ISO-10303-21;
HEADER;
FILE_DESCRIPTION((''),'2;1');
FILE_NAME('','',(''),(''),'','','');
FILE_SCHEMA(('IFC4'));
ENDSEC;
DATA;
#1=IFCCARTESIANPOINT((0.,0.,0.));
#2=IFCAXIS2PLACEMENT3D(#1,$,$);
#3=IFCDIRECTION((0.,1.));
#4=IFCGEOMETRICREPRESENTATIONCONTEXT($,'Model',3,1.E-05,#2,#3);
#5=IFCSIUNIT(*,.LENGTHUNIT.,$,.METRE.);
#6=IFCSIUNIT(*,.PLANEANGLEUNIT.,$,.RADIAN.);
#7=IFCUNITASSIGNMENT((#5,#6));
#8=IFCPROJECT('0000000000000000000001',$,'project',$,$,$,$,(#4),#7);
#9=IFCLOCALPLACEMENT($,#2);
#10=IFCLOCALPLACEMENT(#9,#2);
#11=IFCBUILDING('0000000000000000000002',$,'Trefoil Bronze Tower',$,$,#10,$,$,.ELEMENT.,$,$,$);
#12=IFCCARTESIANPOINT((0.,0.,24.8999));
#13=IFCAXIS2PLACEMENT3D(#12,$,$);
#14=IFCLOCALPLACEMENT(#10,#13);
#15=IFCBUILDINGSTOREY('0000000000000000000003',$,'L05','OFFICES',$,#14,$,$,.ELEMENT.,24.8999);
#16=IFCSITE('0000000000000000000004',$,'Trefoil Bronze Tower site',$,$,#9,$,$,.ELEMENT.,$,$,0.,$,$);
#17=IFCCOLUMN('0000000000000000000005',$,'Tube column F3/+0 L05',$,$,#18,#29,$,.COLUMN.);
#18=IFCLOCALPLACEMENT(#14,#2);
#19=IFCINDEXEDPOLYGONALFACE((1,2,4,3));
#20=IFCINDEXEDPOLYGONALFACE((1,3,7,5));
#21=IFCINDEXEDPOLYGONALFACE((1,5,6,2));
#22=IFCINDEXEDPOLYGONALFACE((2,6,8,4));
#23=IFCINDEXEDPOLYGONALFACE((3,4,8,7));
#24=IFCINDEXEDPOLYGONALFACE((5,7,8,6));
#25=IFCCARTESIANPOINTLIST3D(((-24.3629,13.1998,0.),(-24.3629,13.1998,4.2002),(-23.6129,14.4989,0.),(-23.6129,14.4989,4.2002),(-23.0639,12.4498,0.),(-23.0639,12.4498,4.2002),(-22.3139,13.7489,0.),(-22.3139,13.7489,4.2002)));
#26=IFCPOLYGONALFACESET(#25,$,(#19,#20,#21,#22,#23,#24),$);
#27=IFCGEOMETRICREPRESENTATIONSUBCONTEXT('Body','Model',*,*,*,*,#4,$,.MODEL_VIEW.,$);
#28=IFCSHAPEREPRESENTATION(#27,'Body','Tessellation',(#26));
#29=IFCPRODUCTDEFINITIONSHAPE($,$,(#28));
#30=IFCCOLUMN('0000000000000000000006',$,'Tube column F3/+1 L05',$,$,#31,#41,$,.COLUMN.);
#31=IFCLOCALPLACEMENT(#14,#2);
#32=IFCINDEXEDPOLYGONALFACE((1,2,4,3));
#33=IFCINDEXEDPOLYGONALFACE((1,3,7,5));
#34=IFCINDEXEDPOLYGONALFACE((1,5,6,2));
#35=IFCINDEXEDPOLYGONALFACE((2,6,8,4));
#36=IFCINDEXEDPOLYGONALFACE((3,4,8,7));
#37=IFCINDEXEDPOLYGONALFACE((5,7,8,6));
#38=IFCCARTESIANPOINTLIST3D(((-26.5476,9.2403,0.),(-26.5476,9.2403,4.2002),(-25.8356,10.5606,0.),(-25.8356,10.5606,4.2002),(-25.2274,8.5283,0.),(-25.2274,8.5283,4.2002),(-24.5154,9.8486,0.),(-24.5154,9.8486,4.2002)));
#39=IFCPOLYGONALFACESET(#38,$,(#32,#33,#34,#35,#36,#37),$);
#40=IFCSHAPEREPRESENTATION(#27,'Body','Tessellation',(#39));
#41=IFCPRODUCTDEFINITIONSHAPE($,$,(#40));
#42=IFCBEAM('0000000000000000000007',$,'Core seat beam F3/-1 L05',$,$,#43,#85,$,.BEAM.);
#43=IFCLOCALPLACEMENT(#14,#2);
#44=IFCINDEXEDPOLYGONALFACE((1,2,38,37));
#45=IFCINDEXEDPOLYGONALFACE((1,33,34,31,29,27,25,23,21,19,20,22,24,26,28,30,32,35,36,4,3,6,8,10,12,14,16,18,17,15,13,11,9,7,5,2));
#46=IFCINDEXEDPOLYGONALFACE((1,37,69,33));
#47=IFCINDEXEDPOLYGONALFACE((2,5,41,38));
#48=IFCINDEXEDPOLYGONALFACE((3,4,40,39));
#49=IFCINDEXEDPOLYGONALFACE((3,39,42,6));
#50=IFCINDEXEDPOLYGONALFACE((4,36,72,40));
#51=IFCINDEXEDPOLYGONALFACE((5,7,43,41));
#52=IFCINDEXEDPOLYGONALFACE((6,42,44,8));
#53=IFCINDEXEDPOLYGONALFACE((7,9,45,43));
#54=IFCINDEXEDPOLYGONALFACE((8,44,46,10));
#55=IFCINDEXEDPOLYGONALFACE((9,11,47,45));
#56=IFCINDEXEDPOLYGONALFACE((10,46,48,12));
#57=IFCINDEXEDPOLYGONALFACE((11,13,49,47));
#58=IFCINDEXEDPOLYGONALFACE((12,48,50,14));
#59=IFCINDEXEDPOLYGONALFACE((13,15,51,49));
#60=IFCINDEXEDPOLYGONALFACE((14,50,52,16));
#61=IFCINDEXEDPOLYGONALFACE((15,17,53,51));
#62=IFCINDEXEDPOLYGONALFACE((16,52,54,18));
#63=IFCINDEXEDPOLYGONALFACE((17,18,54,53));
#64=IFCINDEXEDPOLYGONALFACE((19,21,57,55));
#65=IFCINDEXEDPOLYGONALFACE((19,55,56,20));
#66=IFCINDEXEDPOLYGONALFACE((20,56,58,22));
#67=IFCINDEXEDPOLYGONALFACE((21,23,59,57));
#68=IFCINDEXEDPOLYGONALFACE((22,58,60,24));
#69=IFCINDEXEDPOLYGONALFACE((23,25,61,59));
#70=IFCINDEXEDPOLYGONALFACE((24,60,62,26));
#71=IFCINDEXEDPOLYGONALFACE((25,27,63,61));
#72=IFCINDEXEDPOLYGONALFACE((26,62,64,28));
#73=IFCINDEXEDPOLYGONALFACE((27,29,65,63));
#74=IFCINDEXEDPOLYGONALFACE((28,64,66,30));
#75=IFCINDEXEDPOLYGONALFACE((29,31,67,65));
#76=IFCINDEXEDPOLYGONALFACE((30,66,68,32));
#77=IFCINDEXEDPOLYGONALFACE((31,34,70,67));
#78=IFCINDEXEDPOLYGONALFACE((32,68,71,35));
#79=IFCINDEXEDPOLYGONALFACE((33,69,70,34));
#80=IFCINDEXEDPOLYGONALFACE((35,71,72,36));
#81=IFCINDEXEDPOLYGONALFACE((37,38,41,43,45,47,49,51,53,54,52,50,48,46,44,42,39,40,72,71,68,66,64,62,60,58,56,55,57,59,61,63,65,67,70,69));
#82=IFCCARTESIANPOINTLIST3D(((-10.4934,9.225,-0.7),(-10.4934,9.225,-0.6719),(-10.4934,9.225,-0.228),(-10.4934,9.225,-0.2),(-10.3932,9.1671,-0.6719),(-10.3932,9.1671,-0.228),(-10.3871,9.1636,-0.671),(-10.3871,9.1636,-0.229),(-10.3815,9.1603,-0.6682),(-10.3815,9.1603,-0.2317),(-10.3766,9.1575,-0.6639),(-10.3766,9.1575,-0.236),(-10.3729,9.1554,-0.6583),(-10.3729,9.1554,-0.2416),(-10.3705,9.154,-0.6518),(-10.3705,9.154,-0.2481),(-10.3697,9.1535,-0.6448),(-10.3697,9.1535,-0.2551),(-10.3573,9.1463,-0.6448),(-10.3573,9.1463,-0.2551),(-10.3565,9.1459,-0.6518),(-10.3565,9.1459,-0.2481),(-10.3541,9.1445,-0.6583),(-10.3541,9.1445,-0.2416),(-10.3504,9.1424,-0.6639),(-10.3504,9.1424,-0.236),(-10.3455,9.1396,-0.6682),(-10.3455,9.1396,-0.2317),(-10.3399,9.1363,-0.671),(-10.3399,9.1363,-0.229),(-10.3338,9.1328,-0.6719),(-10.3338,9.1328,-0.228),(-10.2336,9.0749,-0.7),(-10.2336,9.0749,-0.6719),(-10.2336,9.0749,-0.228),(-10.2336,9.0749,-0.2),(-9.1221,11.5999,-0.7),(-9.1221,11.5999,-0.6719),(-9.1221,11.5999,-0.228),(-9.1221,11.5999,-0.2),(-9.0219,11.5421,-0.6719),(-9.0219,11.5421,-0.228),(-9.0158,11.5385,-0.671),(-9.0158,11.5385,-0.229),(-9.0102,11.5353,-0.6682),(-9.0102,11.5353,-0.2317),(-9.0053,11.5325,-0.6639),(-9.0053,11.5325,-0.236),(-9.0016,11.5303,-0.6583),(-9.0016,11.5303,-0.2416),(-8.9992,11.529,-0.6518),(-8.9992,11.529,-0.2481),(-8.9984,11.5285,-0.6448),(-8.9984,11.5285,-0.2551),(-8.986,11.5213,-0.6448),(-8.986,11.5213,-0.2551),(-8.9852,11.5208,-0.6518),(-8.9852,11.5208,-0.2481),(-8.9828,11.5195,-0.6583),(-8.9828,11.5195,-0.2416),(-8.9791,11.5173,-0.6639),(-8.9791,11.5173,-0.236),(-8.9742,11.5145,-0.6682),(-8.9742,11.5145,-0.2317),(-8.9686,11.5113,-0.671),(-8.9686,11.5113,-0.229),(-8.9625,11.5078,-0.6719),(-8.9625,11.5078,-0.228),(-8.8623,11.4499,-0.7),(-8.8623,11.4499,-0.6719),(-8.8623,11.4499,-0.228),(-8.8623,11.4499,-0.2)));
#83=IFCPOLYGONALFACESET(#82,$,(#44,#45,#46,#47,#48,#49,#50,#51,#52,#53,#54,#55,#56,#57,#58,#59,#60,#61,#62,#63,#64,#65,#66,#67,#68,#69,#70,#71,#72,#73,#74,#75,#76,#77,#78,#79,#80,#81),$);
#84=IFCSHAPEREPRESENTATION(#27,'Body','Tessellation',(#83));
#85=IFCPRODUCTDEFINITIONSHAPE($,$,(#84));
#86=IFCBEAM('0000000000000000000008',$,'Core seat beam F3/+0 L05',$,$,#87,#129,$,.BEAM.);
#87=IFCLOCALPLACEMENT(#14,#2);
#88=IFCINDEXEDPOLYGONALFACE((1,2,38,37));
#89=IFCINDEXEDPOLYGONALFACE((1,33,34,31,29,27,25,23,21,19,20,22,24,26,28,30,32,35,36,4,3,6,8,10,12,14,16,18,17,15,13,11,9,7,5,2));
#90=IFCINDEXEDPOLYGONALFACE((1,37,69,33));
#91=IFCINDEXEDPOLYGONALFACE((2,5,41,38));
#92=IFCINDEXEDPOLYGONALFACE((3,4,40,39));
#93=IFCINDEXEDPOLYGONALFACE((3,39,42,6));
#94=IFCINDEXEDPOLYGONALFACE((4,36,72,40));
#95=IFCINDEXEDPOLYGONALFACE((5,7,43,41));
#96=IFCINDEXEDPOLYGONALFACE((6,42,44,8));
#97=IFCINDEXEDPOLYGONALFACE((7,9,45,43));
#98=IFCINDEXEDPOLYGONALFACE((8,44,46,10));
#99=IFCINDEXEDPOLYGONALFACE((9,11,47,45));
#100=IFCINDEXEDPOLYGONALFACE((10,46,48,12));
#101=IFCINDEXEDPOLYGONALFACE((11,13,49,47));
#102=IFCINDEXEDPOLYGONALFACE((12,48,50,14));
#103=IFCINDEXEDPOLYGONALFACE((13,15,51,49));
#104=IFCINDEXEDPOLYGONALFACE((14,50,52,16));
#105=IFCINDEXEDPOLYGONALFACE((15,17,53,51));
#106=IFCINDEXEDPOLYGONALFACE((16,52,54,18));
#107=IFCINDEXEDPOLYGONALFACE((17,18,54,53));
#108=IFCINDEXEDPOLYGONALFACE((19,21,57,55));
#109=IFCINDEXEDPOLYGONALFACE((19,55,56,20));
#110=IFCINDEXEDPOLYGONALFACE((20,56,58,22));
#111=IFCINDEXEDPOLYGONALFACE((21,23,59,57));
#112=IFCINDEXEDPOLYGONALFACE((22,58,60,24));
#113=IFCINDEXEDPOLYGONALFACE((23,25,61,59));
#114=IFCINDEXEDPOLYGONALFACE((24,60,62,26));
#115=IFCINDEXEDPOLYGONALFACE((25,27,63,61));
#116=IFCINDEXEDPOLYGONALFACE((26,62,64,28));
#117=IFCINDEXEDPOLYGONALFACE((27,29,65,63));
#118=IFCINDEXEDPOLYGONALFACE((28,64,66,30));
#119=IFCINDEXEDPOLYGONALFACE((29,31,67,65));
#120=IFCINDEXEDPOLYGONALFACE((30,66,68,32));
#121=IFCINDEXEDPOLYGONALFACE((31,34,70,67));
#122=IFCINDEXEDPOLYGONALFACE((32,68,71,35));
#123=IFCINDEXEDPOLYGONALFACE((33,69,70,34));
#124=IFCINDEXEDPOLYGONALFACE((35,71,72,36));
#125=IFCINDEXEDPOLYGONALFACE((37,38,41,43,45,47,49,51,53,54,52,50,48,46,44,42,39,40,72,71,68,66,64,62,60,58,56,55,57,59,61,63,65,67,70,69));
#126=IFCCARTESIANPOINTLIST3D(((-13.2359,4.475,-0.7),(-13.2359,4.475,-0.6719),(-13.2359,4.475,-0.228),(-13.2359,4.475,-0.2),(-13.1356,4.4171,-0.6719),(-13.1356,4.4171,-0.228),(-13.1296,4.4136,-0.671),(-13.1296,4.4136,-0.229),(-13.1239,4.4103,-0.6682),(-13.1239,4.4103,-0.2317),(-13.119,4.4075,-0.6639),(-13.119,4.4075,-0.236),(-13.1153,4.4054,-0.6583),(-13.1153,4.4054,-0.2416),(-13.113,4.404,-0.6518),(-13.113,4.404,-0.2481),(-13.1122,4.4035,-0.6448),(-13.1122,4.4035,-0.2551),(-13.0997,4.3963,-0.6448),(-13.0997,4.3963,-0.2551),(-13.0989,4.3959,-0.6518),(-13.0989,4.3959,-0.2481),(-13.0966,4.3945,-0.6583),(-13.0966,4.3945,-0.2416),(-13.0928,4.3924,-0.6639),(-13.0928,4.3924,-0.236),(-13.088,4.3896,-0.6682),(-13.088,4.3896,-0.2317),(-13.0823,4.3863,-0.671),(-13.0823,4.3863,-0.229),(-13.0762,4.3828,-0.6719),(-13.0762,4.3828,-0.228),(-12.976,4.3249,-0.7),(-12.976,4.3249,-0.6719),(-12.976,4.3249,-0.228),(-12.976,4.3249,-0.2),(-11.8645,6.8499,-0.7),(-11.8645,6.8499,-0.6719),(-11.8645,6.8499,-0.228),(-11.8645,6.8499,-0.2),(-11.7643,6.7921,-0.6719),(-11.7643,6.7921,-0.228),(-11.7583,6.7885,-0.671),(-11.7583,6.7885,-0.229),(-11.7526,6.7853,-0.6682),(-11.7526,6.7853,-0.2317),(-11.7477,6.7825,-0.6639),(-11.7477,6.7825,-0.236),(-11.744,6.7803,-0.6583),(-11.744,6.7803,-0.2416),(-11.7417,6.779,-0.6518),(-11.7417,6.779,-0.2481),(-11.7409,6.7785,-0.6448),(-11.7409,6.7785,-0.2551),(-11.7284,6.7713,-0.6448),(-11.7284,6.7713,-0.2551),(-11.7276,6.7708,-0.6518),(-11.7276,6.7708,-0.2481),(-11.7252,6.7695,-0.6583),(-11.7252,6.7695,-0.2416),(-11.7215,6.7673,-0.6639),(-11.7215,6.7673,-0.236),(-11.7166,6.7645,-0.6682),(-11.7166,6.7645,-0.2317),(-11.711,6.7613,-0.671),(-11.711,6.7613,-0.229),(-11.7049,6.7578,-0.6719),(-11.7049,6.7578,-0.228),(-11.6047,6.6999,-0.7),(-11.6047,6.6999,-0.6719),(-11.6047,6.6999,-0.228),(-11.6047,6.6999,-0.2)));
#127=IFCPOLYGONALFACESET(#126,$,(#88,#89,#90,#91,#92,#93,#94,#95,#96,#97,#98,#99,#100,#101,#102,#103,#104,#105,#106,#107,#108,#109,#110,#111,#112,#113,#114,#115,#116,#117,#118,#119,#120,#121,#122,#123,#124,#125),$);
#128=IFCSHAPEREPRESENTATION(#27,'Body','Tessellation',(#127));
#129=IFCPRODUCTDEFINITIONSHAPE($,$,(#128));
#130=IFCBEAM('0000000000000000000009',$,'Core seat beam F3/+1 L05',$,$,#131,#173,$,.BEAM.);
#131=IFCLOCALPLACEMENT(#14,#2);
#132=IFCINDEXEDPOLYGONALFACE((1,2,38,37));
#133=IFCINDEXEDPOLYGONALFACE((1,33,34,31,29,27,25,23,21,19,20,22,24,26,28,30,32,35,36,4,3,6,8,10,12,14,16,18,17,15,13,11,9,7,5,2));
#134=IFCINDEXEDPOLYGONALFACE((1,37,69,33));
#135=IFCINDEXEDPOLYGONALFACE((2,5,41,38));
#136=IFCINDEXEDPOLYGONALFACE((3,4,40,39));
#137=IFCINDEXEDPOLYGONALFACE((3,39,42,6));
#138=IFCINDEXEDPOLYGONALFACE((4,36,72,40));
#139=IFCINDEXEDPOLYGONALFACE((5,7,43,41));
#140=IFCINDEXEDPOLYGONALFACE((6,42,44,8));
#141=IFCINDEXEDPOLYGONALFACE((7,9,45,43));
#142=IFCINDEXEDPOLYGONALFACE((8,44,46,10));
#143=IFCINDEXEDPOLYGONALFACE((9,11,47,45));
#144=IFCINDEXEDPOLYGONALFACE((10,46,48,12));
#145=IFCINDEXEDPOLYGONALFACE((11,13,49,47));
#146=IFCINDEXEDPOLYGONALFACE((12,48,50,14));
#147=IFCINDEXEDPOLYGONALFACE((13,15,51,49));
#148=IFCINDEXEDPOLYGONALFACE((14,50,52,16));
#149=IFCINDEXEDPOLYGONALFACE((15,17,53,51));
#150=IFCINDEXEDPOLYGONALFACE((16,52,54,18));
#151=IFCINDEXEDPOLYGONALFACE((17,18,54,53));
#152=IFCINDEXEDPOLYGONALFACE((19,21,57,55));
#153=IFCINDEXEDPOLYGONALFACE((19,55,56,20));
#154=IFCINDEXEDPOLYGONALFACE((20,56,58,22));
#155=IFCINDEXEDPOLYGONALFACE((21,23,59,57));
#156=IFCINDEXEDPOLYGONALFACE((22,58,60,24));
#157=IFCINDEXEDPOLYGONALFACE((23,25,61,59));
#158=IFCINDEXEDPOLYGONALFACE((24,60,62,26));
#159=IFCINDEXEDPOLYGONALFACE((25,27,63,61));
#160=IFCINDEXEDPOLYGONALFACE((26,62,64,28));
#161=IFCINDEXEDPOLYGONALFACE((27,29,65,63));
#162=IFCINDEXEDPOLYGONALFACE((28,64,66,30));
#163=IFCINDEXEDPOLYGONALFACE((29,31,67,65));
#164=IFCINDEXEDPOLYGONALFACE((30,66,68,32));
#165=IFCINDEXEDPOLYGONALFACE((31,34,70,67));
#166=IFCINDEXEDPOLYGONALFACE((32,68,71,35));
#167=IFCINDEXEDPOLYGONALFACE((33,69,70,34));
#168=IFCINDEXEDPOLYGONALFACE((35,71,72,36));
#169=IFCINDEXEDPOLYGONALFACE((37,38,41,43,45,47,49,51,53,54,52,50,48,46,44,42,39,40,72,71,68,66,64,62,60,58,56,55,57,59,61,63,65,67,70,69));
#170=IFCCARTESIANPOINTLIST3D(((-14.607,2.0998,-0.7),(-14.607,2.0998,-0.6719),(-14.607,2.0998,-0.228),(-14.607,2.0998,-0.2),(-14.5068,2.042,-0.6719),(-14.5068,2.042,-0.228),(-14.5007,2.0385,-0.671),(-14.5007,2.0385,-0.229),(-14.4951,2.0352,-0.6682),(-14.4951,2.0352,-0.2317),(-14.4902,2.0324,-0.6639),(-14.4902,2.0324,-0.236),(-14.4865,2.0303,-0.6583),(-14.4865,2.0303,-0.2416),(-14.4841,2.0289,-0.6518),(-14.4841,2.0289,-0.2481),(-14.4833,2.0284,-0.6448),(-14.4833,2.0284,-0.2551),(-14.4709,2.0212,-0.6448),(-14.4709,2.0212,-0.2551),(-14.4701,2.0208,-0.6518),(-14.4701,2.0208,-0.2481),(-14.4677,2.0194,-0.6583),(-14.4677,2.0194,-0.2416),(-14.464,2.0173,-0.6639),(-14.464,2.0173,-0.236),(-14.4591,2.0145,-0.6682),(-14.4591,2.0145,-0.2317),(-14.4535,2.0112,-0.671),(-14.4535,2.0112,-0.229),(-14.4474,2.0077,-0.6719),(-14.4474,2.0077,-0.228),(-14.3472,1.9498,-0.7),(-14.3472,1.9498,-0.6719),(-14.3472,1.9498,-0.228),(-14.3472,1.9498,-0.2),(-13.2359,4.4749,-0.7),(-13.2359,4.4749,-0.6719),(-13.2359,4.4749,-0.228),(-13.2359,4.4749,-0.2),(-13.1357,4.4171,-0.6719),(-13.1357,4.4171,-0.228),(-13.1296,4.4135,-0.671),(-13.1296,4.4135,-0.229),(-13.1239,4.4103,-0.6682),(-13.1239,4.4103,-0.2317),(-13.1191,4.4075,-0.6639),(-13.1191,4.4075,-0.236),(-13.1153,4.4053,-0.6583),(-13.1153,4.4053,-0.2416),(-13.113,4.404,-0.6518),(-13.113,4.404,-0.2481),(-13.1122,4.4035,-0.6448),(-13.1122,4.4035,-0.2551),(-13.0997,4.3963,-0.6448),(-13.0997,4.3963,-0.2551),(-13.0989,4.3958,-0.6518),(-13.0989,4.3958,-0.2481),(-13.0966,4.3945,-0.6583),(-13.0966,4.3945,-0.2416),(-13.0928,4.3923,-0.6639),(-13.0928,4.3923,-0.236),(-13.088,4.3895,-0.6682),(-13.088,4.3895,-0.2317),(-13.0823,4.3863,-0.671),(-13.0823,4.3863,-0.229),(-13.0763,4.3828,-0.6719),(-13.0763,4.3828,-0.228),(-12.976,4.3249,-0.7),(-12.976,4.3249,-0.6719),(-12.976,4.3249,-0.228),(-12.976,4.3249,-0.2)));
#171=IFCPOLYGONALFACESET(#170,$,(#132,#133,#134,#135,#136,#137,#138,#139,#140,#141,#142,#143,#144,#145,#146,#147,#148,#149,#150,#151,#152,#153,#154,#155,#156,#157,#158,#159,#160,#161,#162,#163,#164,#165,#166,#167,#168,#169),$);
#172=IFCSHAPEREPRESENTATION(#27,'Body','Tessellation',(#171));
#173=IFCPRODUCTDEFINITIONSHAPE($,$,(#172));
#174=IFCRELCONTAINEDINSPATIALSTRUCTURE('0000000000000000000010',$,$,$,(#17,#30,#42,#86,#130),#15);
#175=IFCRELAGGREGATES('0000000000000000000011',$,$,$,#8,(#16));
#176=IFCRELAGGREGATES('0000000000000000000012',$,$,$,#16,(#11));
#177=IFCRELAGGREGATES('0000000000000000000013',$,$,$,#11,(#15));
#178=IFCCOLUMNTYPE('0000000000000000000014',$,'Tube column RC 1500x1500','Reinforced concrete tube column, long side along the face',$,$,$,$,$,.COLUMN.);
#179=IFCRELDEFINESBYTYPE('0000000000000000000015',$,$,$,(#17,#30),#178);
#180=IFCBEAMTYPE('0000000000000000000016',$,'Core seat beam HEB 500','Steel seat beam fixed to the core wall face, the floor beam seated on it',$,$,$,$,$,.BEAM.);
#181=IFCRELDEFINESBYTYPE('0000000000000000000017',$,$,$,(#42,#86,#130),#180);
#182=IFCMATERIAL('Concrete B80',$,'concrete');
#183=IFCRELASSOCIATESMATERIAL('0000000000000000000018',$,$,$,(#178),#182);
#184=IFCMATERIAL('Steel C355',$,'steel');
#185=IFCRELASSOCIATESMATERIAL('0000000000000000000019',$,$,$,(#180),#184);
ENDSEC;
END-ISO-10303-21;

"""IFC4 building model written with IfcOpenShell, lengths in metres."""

from ifc_helpers import new_model, si_unit, direction, frame, origin, origin_2d, place, context, subcontext, project, spatial, rectangle, i_section, extrude, material, material_profile, profile_set, type_object, element, save


model = new_model("IFC4")

# Units and contexts
model_context = context("Model", 3, precision=1e-05, world=origin(), true_north=direction((0.0, 1.0)))
body_context = subcontext(model_context, "Body", "Model", "MODEL_VIEW")
ifc_project = project(units=[si_unit("LENGTHUNIT", "METRE"), si_unit("PLANEANGLEUNIT", "RADIAN")], contexts=[model_context])

# Site, building, storey
site_placement = place(None, origin())
site = spatial("IfcSite", under=ifc_project, at=site_placement, Name="Trefoil Bronze Tower site", CompositionType="ELEMENT", RefElevation=0.0)
building_placement = place(site_placement, origin())
building = spatial("IfcBuilding", under=site, at=building_placement, Name="Trefoil Bronze Tower", CompositionType="ELEMENT")
storey_placement = place(building_placement, frame((0.0, 0.0, 24.8999)))
storey = spatial("IfcBuildingStorey", under=building, at=storey_placement, Name="L05", Description="OFFICES", CompositionType="ELEMENT", Elevation=24.8999)

# Columns
ifc_material_1 = material(Name="Concrete B80", Category="concrete")
ifc_material_profile_1 = material_profile(ifc_material_1, rectangle(XDim=1.5, YDim=1.5, at=origin_2d()), Name="RC 1500x1500")
ifc_profile_set_1 = profile_set([ifc_material_profile_1], Name="Concrete B80")
column_type = type_object("IfcColumnType", Name="Tube column RC 1500x1500", Description="Reinforced concrete tube column, long side along the face", PredefinedType="COLUMN", material=ifc_profile_set_1)
for number, where, z_axis, x_axis, name in (
    (1, (-23.3384, 13.4744, 0.0), (0.0, 0.0, 1.0), (-0.5, -0.866025, 0.0), "Tube column F3/+0 L05"),
    (2, (-25.5315, 9.5444, 0.0), (0.0, 0.0, 1.0), (-0.474656, -0.880171, 0.0), "Tube column F3/+1 L05"),
):
    element("IfcColumn", number, at=place(storey_placement, frame(where, z_axis=z_axis, x_axis=x_axis)), inside=storey, type_object=column_type, Name=name, PredefinedType="COLUMN", context=body_context, shape_type="SweptSolid", body=[
        extrude(rectangle(XDim=1.5, YDim=1.5, at=origin_2d()), origin(), (0.0, 0.0, 1.0), 4.2002),
    ])

# Beams
ifc_material_2 = material(Name="Steel C355", Category="steel")
ifc_material_profile_2 = material_profile(ifc_material_2, i_section(OverallWidth=0.3, OverallDepth=0.5, WebThickness=0.0144, FlangeThickness=0.0281, FilletRadius=0.0271, at=origin_2d()), Name="HEB 500")
ifc_profile_set_2 = profile_set([ifc_material_profile_2], Name="Steel C355")
beam_type_1 = type_object("IfcBeamType", Name="Core seat beam HEB 500", Description="Steel seat beam fixed to the core wall face, the floor beam seated on it", PredefinedType="BEAM", material=ifc_profile_set_2)
for number, where, z_axis, x_axis, name in (
    (3, (-8.9922, 11.5249, -0.45), (-0.500036, -0.866005, 0.0), (0.866005, -0.500036, 0.0), "Core seat beam F3/-1 L05"),
    (4, (-11.7346, 6.7749, -0.45), (-0.500036, -0.866005, 0.0), (0.866005, -0.500036, 0.0), "Core seat beam F3/+0 L05"),
    (5, (-13.106, 4.3999, -0.45), (-0.499969, -0.866043, 0.0), (0.866043, -0.499969, 0.0), "Core seat beam F3/+1 L05"),
):
    element("IfcBeam", number, at=place(storey_placement, frame(where, z_axis=z_axis, x_axis=x_axis)), inside=storey, type_object=beam_type_1, Name=name, PredefinedType="BEAM", context=body_context, shape_type="SweptSolid", body=[
        extrude(i_section(OverallWidth=0.3, OverallDepth=0.5, WebThickness=0.0144, FlangeThickness=0.0281, FilletRadius=0.0271, at=origin_2d()), origin(), (0.0, 0.0, 1.0), 2.7424),
    ])

save(model, "model.ifc")
